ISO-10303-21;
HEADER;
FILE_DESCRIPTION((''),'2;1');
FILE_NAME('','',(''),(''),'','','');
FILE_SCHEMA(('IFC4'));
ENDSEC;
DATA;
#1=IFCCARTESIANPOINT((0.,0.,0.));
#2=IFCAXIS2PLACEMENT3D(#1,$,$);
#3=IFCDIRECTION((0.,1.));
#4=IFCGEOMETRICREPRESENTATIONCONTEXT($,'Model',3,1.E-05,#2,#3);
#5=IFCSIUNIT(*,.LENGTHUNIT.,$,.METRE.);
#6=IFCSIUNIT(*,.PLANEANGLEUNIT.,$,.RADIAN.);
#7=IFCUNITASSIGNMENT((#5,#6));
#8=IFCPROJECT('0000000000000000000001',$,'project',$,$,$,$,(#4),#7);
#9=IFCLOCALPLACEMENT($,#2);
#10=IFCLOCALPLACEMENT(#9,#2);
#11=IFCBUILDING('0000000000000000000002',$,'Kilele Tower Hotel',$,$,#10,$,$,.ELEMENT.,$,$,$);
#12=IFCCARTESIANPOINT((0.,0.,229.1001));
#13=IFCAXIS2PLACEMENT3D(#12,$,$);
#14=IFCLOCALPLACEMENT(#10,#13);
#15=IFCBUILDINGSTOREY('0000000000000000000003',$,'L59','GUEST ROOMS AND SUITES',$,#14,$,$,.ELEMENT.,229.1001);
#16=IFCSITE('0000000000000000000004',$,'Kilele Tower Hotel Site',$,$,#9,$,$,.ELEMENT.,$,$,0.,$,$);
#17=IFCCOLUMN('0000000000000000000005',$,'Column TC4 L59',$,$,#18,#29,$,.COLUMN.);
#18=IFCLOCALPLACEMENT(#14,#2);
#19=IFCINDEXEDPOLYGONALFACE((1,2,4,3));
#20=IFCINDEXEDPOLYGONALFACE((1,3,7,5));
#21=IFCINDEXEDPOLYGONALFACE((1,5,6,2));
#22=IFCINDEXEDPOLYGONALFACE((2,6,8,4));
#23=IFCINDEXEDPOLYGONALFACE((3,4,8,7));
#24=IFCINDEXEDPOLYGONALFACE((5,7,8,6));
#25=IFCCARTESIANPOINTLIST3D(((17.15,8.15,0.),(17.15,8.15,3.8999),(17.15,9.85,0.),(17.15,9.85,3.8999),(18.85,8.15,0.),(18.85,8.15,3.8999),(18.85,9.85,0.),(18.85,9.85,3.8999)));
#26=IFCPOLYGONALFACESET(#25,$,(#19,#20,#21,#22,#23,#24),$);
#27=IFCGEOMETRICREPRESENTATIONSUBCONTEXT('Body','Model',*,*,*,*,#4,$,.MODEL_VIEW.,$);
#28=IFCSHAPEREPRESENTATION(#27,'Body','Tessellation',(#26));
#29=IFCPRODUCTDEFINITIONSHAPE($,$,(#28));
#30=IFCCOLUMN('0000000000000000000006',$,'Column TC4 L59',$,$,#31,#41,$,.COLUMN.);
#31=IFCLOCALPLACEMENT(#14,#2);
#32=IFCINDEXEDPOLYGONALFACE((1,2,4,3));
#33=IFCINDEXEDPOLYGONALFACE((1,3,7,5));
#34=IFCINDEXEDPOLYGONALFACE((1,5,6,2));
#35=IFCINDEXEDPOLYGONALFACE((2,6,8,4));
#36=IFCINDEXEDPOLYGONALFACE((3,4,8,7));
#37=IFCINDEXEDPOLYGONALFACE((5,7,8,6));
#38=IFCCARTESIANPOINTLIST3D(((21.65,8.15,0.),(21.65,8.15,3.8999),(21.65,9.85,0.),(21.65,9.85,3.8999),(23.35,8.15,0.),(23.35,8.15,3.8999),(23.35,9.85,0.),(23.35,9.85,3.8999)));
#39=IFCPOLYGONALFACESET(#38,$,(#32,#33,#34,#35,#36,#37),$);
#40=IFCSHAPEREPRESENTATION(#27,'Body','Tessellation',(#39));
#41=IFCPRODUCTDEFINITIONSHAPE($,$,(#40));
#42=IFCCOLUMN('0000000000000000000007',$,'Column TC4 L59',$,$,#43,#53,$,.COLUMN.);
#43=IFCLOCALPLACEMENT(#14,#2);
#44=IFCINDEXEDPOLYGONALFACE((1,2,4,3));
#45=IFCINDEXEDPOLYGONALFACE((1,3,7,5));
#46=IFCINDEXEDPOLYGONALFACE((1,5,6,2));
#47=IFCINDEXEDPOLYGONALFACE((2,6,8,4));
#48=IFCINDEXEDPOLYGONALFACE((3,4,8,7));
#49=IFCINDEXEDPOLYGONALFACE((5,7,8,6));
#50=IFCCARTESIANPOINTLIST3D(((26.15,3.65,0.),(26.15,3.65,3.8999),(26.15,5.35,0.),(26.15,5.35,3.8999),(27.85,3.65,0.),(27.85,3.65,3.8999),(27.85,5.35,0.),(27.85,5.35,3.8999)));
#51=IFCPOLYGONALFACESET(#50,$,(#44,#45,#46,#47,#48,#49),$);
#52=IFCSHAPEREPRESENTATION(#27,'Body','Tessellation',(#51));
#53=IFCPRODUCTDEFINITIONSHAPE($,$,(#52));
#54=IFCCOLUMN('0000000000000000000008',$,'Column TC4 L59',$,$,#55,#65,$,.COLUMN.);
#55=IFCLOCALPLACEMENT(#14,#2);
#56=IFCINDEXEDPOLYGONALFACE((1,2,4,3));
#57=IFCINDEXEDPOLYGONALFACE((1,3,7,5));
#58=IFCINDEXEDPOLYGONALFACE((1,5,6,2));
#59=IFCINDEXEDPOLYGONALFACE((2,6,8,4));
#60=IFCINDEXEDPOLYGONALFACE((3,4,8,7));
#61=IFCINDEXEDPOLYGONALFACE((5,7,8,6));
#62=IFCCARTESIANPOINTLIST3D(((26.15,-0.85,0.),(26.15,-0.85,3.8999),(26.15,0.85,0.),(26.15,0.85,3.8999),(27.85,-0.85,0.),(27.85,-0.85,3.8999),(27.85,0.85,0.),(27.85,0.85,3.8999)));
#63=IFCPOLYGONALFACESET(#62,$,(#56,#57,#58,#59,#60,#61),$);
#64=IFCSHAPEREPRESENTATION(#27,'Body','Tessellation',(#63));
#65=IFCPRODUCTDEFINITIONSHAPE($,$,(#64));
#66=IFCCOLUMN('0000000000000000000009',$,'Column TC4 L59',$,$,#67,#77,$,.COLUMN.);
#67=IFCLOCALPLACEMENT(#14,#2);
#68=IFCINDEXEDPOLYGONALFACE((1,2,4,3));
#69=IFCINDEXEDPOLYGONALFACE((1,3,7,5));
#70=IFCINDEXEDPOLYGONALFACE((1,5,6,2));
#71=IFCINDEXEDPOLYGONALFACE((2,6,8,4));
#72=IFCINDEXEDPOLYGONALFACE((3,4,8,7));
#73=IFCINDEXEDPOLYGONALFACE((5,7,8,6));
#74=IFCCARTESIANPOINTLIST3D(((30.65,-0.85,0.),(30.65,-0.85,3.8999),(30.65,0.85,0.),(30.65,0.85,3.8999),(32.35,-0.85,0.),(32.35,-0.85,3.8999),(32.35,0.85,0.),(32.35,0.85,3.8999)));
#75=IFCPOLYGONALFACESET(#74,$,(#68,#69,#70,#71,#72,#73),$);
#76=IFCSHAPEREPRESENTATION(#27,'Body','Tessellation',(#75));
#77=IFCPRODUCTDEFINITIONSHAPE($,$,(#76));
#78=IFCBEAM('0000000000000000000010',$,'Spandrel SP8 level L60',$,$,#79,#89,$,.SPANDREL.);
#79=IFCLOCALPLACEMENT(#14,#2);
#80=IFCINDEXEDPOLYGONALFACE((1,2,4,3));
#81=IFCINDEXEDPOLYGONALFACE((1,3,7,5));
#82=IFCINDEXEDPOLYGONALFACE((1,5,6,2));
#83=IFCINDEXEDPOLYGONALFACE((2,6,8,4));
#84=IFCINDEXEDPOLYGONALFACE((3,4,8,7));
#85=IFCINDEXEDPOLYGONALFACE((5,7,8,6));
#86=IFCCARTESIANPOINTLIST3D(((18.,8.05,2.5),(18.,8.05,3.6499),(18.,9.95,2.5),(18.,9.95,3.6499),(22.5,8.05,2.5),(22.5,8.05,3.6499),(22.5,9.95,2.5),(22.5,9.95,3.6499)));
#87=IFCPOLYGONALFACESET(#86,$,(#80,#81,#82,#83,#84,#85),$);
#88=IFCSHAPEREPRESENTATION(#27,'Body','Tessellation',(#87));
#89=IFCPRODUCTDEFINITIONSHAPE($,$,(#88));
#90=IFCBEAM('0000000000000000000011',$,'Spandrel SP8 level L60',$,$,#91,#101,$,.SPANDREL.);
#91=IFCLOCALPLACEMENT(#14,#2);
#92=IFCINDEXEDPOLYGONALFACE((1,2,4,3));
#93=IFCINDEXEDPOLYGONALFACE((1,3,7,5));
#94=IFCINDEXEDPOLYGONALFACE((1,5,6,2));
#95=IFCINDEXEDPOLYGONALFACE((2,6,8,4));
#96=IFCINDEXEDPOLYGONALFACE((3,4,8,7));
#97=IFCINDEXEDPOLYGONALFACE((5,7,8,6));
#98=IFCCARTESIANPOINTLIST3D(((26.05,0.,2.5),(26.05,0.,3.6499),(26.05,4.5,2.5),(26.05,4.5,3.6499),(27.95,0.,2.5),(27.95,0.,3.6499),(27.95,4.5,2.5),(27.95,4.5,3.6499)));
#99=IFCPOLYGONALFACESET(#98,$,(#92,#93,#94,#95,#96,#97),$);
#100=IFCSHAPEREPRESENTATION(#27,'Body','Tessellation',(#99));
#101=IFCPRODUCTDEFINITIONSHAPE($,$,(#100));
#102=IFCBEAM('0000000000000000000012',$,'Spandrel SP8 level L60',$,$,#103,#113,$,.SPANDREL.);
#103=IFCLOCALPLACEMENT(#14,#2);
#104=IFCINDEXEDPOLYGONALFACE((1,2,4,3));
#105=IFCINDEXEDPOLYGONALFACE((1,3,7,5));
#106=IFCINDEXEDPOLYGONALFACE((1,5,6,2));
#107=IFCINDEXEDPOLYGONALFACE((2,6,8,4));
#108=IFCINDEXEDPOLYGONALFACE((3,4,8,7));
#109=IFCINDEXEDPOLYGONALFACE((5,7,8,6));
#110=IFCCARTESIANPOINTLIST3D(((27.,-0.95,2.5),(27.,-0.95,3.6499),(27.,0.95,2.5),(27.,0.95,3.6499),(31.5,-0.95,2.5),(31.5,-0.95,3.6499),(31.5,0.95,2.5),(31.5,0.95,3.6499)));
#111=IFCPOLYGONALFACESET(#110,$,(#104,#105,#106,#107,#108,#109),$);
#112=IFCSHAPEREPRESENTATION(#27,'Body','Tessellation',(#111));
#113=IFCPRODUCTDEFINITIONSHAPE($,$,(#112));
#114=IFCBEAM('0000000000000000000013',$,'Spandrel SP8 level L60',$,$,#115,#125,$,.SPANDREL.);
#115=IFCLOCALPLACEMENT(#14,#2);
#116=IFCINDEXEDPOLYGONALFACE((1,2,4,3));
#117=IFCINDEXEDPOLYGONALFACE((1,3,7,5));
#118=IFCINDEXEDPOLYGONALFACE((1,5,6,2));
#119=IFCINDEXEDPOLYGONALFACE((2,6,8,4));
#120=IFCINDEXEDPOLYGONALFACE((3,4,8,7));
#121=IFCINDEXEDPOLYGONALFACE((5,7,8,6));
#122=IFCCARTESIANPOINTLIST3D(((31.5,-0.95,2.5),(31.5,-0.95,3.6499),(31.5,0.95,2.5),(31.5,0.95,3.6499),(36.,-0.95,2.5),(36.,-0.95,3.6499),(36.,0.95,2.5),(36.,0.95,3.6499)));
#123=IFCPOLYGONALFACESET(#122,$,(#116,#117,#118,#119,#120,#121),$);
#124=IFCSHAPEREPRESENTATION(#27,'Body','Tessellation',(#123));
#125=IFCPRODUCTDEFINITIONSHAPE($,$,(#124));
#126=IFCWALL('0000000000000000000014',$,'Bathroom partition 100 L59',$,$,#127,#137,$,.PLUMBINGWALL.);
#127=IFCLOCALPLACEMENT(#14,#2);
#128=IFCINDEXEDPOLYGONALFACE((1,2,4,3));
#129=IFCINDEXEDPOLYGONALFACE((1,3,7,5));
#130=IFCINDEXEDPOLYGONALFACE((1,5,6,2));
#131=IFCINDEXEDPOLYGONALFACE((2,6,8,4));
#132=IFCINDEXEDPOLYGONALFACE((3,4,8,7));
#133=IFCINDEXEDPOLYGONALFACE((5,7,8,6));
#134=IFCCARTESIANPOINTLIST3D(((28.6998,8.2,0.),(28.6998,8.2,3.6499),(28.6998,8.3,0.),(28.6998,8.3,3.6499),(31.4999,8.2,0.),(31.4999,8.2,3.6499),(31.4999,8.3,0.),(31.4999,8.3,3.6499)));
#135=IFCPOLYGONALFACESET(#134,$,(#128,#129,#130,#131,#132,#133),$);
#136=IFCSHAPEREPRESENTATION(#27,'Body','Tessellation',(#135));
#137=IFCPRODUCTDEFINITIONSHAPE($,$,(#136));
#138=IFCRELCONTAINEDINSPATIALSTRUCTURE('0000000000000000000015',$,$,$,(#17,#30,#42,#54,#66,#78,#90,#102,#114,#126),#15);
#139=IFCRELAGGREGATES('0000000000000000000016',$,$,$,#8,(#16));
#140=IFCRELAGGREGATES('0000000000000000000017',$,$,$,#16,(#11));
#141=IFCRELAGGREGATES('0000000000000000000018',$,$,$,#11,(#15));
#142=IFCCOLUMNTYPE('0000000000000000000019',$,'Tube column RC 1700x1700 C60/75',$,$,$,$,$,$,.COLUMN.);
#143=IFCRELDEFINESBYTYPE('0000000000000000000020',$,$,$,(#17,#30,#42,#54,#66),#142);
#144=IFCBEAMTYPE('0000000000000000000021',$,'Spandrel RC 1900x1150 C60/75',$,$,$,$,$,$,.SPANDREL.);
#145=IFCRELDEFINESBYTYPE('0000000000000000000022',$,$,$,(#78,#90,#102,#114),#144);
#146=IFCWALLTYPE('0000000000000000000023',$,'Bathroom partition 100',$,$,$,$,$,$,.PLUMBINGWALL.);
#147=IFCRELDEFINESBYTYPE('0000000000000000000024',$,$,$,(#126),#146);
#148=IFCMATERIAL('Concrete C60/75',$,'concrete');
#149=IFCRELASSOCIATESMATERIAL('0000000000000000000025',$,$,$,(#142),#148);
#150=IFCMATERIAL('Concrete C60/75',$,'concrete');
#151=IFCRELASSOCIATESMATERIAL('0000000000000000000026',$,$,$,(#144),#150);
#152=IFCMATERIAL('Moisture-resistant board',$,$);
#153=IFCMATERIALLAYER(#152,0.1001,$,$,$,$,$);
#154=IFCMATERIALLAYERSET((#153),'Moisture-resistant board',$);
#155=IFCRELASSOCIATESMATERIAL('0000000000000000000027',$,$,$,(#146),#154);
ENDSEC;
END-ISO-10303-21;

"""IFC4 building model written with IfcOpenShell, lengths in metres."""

from ifc_helpers import new_model, si_unit, direction, frame, frame_2d, origin, origin_2d, place, context, subcontext, project, spatial, rectangle, extrude, material, layer, layer_set, material_profile, profile_set, type_object, element, save


model = new_model("IFC4")

# Units and contexts
model_context = context("Model", 3, precision=1e-05, world=origin(), true_north=direction((0.0, 1.0)))
body_context = subcontext(model_context, "Body", "Model", "MODEL_VIEW")
ifc_project = project(units=[si_unit("LENGTHUNIT", "METRE"), si_unit("PLANEANGLEUNIT", "RADIAN")], contexts=[model_context])

# Site, building, storey
site_placement = place(None, origin())
site = spatial("IfcSite", under=ifc_project, at=site_placement, Name="Kilele Tower Hotel Site", CompositionType="ELEMENT", RefElevation=0.0)
building_placement = place(site_placement, origin())
building = spatial("IfcBuilding", under=site, at=building_placement, Name="Kilele Tower Hotel", CompositionType="ELEMENT")
storey_placement = place(building_placement, frame((0.0, 0.0, 229.1001)))
storey = spatial("IfcBuildingStorey", under=building, at=storey_placement, Name="L59", Description="GUEST ROOMS AND SUITES", CompositionType="ELEMENT", Elevation=229.1001)

# Columns
ifc_material_1 = material(Name="Concrete C60/75", Category="concrete")
ifc_material_profile_1 = material_profile(ifc_material_1, rectangle(XDim=1.7, YDim=1.7, at=origin_2d()))
ifc_profile_set_1 = profile_set([ifc_material_profile_1], Name="Concrete C60/75")
column_type = type_object("IfcColumnType", Name="Tube column RC 1700x1700 C60/75", PredefinedType="COLUMN", material=ifc_profile_set_1)
for number, where, z_axis, x_axis, name in (
    (1, (18.0, 9.0, 0.0), (0.0, 0.0, 1.0), (1.0, 0.0, 0.0), "Column TC4 L59"),
    (2, (22.5, 9.0, 0.0), (0.0, 0.0, 1.0), (1.0, 0.0, 0.0), "Column TC4 L59"),
    (3, (27.0, 4.5, 0.0), (0.0, 0.0, 1.0), (1.0, 0.0, 0.0), "Column TC4 L59"),
    (4, (27.0, 0.0, 0.0), (0.0, 0.0, 1.0), (1.0, 0.0, 0.0), "Column TC4 L59"),
    (5, (31.5, 0.0, 0.0), (0.0, 0.0, 1.0), (1.0, 0.0, 0.0), "Column TC4 L59"),
):
    element("IfcColumn", number, at=place(storey_placement, frame(where, z_axis=z_axis, x_axis=x_axis)), inside=storey, type_object=column_type, Name=name, PredefinedType="COLUMN", context=body_context, shape_type="SweptSolid", body=[
        extrude(rectangle(XDim=1.7, YDim=1.7, at=origin_2d()), origin(), (0.0, 0.0, 1.0), 3.8999),
    ])

# Beams
ifc_material_2 = material(Name="Concrete C60/75", Category="concrete")
ifc_material_profile_2 = material_profile(ifc_material_2, rectangle(XDim=1.8999, YDim=1.1499, at=origin_2d()))
ifc_profile_set_2 = profile_set([ifc_material_profile_2], Name="Concrete C60/75")
beam_type = type_object("IfcBeamType", Name="Spandrel RC 1900x1150 C60/75", PredefinedType="SPANDREL", material=ifc_profile_set_2)
for number, where, z_axis, x_axis, name in (
    (6, (18.0, 9.0, 3.075), (1.0, 0.0, 0.0), (0.0, 1.0, 0.0), "Spandrel SP8 level L60"),
    (7, (27.0, 4.5, 3.075), (0.0, -1.0, 0.0), (1.0, 0.0, 0.0), "Spandrel SP8 level L60"),
    (8, (27.0, 0.0, 3.075), (1.0, 0.0, 0.0), (0.0, 1.0, 0.0), "Spandrel SP8 level L60"),
    (9, (31.5, 0.0, 3.075), (1.0, 0.0, 0.0), (0.0, 1.0, 0.0), "Spandrel SP8 level L60"),
):
    element("IfcBeam", number, at=place(storey_placement, frame(where, z_axis=z_axis, x_axis=x_axis)), inside=storey, type_object=beam_type, Name=name, PredefinedType="SPANDREL", context=body_context, shape_type="SweptSolid", body=[
        extrude(rectangle(XDim=1.8999, YDim=1.1499, at=origin_2d()), origin(), (0.0, 0.0, 1.0), 4.5),
    ])

# Wall
ifc_material_3 = material(Name="Moisture-resistant board")
ifc_layer_1 = layer(ifc_material_3, 0.1001)
ifc_layer_set_1 = layer_set([ifc_layer_1], Name="Moisture-resistant board")
wall_type_1 = type_object("IfcWallType", Name="Bathroom partition 100", PredefinedType="PLUMBINGWALL", material=ifc_layer_set_1)
wall_1_placement = place(storey_placement, frame((28.7, 8.25, 0.0), z_axis=(0.0, 0.0, 1.0), x_axis=(1.0, 0.0, 0.0)))
element("IfcWall", 10, at=wall_1_placement, inside=storey, type_object=wall_type_1, Name="Bathroom partition 100 L59", PredefinedType="PLUMBINGWALL", context=body_context, shape_type="SweptSolid", body=[
    extrude(rectangle(XDim=2.8, YDim=0.1001, at=frame_2d((1.3999, 0.0))), origin(), (0.0, 0.0, 1.0), 3.6499),
])

save(model, "model.ifc")
